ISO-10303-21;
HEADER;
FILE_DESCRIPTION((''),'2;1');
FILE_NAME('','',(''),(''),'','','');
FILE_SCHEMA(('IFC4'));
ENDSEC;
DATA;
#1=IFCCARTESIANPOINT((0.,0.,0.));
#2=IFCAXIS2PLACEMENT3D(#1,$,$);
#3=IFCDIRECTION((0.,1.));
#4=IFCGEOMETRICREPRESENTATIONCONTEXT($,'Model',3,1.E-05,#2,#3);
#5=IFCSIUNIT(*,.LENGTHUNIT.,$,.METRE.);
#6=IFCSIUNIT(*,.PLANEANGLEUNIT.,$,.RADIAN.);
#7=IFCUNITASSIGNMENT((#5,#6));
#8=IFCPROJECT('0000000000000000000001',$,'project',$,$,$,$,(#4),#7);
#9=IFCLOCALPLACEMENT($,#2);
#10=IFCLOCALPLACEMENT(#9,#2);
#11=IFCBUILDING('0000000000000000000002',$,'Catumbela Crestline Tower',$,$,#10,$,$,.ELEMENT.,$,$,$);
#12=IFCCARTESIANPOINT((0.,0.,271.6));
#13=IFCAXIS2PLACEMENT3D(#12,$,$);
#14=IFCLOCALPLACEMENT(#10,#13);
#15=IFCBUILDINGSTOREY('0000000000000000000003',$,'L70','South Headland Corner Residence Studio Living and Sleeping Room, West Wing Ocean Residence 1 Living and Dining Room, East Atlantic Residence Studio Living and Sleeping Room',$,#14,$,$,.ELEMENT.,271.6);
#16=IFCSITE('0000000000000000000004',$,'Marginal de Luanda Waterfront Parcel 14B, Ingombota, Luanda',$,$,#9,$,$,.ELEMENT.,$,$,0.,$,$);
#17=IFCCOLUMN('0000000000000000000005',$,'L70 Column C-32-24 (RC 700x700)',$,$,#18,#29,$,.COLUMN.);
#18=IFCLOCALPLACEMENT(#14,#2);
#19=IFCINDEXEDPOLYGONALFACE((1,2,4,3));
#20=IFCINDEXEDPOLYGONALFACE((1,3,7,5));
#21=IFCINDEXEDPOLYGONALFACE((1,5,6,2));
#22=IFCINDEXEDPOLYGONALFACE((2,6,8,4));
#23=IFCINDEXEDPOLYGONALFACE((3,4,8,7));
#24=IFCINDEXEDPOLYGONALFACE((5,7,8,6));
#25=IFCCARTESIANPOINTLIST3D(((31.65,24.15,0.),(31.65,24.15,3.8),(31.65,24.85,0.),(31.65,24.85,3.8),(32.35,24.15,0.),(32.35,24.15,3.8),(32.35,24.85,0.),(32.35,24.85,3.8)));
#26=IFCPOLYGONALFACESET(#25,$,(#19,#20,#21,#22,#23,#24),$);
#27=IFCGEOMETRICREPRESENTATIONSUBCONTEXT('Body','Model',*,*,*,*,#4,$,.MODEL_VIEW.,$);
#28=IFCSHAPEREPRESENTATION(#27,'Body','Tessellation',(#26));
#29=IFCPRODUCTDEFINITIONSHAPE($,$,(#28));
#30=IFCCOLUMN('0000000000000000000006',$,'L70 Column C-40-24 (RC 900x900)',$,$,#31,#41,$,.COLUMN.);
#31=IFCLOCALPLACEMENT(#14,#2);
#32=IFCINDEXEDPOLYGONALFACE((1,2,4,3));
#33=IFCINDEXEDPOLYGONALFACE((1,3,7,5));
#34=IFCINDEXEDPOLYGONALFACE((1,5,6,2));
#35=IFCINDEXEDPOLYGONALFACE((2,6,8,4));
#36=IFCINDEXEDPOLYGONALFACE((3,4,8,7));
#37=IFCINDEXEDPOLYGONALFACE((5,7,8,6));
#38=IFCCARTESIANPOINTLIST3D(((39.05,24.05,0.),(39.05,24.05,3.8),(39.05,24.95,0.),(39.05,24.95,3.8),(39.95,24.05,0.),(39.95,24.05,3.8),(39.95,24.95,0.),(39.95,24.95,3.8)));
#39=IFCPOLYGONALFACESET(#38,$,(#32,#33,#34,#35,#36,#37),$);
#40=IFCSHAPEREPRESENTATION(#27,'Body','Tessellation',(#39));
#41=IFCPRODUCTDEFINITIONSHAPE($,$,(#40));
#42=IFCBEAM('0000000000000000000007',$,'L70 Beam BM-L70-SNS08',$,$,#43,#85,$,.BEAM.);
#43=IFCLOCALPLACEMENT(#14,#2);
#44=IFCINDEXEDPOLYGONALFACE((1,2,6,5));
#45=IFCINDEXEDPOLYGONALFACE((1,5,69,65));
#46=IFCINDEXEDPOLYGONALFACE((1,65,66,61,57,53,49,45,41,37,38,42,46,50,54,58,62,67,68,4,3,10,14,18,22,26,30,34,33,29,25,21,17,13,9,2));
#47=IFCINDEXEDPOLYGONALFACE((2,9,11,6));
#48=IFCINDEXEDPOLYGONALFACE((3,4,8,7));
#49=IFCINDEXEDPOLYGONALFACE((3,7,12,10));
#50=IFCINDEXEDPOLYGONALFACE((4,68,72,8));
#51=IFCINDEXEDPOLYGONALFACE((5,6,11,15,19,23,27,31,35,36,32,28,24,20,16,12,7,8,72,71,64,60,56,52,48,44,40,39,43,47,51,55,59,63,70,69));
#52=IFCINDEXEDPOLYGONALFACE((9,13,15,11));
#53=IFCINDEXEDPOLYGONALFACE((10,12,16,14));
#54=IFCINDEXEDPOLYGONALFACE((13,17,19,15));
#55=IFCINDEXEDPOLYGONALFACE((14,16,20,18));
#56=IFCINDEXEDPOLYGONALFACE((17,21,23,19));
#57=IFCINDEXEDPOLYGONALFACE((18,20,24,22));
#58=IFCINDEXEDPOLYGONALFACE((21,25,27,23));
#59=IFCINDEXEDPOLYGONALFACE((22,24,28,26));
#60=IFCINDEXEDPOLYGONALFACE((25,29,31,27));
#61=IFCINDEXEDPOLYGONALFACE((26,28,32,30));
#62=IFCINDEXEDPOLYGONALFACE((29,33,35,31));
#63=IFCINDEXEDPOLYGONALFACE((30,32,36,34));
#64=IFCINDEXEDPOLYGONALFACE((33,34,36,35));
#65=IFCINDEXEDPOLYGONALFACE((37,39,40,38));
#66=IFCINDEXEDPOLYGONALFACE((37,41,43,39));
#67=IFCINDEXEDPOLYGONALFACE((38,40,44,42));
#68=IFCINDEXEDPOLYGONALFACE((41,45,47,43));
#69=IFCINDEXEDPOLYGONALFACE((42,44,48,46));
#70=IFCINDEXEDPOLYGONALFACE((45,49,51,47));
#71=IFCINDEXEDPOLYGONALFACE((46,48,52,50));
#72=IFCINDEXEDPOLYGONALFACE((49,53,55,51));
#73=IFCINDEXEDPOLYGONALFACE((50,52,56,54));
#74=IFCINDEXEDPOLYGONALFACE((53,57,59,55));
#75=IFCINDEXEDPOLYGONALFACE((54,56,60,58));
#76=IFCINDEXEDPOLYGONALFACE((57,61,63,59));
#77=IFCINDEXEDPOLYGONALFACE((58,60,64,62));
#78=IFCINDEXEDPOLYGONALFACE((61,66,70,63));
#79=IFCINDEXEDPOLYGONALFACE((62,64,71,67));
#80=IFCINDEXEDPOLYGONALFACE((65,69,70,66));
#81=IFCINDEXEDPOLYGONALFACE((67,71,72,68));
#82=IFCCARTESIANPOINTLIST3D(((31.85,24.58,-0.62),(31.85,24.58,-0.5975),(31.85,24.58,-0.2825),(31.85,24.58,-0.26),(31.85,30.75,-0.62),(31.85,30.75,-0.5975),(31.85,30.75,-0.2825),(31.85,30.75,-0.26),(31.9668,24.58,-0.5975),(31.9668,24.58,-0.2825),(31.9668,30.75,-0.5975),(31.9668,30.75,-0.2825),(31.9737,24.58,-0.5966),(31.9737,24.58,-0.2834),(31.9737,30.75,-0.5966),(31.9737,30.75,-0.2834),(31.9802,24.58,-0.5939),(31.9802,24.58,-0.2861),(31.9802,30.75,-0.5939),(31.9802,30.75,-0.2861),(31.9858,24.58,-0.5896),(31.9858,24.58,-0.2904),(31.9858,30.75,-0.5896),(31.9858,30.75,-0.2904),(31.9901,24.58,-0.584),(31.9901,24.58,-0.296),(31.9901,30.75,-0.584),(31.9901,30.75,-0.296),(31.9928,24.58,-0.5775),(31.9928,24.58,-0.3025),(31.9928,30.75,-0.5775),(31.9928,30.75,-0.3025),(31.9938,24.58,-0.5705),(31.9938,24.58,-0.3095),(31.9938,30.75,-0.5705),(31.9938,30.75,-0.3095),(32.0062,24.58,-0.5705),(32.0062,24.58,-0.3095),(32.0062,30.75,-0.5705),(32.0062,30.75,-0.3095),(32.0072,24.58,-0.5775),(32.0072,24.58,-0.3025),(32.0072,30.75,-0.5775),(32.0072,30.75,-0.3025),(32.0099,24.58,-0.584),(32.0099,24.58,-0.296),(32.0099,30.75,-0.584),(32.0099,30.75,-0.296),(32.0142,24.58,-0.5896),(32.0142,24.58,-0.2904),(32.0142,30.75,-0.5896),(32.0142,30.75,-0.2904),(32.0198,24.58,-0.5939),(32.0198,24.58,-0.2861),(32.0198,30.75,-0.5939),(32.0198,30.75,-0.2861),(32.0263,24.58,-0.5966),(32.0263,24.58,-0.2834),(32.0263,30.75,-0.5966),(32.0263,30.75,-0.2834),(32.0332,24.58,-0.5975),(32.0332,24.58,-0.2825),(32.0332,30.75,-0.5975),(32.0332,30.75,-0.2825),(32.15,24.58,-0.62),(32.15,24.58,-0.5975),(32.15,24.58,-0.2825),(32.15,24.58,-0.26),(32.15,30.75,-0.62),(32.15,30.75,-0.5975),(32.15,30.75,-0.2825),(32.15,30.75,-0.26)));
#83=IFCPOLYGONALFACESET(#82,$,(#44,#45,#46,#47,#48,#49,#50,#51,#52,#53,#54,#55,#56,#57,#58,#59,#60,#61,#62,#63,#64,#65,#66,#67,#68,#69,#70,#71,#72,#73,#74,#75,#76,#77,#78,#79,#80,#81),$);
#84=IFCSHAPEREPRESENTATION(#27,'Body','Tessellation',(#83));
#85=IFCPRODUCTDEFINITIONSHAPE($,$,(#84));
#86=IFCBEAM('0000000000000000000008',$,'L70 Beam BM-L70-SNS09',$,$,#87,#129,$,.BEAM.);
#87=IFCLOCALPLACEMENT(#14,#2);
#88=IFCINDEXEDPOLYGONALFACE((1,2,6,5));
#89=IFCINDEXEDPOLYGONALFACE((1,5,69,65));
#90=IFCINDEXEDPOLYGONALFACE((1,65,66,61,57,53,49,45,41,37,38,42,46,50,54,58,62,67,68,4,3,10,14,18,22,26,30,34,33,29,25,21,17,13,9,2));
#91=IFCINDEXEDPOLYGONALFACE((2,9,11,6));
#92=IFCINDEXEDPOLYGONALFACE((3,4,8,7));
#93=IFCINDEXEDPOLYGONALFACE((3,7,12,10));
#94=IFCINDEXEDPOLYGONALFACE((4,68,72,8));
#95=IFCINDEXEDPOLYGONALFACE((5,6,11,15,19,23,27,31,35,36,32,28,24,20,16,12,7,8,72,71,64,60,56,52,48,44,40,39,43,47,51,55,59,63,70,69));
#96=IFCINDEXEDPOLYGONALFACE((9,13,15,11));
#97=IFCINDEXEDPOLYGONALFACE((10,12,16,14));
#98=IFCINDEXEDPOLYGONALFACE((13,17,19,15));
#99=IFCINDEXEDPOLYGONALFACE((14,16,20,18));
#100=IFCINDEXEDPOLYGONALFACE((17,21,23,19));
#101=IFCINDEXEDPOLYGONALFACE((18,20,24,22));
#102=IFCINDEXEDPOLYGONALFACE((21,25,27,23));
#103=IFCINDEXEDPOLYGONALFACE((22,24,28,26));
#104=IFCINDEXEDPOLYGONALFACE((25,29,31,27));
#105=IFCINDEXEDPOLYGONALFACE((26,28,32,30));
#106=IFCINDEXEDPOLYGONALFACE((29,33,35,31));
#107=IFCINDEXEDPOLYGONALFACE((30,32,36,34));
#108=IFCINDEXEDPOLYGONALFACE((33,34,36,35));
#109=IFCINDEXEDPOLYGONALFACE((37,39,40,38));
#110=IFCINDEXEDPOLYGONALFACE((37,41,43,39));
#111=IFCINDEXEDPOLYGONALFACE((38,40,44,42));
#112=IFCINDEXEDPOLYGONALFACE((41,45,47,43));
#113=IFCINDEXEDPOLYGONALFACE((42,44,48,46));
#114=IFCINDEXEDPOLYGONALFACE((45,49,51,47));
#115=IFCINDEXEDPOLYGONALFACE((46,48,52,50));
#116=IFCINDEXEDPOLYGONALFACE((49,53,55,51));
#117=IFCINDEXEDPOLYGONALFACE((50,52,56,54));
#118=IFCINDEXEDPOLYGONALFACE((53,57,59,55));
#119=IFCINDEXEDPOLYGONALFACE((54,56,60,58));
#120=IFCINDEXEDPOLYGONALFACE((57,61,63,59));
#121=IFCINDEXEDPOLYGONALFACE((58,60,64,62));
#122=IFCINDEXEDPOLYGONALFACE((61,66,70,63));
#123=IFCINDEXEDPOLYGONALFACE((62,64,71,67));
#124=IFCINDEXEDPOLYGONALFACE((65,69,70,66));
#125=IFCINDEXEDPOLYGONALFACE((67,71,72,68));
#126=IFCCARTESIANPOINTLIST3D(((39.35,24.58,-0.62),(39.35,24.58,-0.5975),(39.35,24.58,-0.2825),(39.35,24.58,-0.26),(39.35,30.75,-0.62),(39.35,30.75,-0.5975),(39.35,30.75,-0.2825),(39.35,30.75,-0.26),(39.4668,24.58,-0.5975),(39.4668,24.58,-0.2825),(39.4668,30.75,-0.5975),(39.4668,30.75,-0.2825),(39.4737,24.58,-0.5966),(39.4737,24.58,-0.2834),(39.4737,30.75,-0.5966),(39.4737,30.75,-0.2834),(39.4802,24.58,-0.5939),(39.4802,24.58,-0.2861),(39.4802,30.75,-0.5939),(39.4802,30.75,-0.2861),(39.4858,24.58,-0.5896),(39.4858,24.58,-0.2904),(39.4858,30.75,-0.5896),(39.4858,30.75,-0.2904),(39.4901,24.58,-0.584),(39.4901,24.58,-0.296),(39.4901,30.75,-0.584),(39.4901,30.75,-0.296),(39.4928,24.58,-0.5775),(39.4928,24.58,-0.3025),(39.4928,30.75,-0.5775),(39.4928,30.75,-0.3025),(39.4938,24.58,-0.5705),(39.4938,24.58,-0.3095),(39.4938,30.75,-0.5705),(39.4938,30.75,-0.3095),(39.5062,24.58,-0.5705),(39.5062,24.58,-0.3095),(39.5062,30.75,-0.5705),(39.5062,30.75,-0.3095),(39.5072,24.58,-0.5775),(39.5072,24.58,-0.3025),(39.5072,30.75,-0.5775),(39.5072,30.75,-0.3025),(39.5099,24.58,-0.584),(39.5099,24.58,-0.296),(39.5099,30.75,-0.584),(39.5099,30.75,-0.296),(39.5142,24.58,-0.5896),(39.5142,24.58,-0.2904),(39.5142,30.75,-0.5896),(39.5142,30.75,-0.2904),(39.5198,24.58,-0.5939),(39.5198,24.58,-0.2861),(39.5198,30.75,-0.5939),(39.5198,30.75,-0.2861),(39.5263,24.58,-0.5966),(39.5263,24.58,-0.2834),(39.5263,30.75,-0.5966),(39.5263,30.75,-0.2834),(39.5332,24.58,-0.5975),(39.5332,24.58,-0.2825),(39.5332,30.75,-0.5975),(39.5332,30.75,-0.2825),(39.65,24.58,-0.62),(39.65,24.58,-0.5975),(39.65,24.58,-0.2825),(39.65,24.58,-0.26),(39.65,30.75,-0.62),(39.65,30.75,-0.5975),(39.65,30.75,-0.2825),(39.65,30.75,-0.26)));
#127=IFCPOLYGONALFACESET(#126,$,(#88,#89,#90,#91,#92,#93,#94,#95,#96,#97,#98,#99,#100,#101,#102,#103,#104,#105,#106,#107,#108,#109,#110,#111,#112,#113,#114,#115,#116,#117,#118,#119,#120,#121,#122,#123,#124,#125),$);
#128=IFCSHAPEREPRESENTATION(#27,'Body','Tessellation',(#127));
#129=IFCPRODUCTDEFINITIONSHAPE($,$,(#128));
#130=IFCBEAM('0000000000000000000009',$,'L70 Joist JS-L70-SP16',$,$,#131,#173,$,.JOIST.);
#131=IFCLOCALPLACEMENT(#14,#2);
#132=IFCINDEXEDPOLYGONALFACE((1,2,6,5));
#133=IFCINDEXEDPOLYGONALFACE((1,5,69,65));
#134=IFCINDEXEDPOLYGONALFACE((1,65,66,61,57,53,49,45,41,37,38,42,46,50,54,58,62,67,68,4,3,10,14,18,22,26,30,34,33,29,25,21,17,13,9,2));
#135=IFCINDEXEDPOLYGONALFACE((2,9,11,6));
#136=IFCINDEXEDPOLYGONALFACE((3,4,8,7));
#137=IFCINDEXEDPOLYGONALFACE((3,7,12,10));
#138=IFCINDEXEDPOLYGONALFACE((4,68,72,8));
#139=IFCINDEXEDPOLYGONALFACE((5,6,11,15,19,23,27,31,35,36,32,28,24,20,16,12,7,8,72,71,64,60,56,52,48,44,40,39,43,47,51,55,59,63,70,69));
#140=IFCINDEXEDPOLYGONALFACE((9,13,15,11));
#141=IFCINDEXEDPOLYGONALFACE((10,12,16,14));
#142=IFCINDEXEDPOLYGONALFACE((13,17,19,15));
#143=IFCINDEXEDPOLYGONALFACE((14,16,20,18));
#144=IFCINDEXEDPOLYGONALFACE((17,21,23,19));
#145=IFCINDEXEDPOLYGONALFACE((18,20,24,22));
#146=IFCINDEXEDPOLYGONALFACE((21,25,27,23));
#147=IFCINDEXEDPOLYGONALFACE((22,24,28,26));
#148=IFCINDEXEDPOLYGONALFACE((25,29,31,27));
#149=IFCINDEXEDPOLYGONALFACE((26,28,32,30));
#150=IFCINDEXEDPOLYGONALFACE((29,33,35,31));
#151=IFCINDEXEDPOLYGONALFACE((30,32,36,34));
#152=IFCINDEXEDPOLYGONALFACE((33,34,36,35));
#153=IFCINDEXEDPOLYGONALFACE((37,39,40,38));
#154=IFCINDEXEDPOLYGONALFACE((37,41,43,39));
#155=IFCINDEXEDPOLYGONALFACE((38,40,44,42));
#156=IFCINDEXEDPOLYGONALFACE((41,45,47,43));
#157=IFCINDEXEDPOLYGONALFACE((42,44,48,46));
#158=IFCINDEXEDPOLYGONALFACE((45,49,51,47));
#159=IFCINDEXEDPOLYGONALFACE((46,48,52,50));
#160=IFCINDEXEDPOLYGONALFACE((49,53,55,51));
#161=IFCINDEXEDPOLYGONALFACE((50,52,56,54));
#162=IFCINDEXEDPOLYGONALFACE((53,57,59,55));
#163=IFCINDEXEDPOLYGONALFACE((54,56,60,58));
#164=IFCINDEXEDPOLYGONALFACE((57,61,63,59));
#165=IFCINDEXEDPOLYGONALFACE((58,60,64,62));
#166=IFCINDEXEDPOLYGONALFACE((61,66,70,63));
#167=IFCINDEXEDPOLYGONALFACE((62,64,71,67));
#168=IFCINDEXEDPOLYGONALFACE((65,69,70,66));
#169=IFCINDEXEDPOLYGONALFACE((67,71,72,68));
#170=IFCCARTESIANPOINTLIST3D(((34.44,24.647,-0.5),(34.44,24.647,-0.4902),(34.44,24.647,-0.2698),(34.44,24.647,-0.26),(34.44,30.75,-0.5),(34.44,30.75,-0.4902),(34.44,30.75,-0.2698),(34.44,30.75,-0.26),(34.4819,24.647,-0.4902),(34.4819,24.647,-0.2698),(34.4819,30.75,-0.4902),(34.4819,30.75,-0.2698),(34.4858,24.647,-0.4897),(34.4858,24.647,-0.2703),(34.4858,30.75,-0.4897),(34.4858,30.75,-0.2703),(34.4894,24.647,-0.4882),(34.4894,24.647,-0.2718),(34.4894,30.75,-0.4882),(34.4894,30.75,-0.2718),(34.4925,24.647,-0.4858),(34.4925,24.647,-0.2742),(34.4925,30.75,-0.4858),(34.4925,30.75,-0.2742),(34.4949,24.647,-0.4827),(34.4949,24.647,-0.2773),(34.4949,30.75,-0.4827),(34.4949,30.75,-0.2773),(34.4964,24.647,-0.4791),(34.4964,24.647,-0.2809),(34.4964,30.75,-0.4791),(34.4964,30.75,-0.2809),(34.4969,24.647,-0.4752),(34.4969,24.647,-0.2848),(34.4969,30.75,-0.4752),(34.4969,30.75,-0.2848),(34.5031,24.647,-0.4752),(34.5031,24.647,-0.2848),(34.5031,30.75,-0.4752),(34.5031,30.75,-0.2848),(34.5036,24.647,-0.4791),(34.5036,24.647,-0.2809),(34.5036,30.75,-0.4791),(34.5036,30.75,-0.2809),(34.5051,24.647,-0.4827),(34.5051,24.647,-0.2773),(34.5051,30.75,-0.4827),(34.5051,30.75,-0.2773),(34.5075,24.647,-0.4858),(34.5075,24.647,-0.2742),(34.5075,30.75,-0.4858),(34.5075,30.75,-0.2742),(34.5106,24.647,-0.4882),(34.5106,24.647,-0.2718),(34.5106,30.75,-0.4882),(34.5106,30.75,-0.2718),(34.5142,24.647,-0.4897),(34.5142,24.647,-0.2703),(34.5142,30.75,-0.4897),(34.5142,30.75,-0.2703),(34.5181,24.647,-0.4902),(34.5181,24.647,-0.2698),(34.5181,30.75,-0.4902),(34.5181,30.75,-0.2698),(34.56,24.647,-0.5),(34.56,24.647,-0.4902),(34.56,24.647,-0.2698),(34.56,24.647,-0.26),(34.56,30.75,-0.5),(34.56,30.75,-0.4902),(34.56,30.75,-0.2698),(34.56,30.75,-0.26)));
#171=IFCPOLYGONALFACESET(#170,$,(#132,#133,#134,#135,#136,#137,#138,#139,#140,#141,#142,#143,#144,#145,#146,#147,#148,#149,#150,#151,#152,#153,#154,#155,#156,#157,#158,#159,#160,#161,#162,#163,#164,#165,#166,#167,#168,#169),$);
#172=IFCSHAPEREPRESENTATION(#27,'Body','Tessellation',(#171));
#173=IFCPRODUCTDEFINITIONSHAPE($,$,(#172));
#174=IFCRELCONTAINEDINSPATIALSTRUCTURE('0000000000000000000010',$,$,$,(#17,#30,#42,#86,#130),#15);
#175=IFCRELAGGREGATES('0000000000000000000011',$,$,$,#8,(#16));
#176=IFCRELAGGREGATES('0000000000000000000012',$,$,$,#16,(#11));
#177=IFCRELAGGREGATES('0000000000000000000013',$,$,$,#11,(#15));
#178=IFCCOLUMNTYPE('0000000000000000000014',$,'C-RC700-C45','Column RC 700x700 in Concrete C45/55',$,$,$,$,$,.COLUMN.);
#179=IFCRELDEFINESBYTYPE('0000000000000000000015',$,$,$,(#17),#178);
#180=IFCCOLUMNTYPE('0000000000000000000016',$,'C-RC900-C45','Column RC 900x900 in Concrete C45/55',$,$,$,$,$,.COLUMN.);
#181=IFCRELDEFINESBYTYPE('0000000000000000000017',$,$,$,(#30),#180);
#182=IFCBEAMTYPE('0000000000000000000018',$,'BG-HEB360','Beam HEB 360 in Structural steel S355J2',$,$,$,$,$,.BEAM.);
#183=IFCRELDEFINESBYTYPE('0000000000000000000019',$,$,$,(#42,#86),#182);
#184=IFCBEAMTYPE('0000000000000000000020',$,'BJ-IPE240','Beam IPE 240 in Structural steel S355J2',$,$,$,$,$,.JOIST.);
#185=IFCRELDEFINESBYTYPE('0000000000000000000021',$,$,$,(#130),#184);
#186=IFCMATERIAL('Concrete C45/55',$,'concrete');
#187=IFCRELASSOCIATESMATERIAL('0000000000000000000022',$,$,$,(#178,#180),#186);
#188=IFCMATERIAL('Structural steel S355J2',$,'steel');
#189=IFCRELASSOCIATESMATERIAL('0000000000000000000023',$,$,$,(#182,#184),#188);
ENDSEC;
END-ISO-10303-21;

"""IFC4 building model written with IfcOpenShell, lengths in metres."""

from ifc_helpers import new_model, si_unit, direction, frame, origin, origin_2d, place, context, subcontext, project, spatial, rectangle, i_section, extrude, material, material_profile, profile_set, type_object, element, save


model = new_model("IFC4")

# Units and contexts
model_context = context("Model", 3, precision=1e-05, world=origin(), true_north=direction((0.0, 1.0)))
body_context = subcontext(model_context, "Body", "Model", "MODEL_VIEW")
ifc_project = project(units=[si_unit("LENGTHUNIT", "METRE"), si_unit("PLANEANGLEUNIT", "RADIAN")], contexts=[model_context])

# Site, building, storey
site_placement = place(None, origin())
site = spatial("IfcSite", under=ifc_project, at=site_placement, Name="Marginal de Luanda Waterfront Parcel 14B, Ingombota, Luanda", CompositionType="ELEMENT", RefElevation=0.0)
building_placement = place(site_placement, origin())
building = spatial("IfcBuilding", under=site, at=building_placement, Name="Catumbela Crestline Tower", CompositionType="ELEMENT")
storey_placement = place(building_placement, frame((0.0, 0.0, 271.6)))
storey = spatial("IfcBuildingStorey", under=building, at=storey_placement, Name="L70", Description="South Headland Corner Residence Studio Living and Sleeping Room, West Wing Ocean Residence 1 Living and Dining Room, East Atlantic Residence Studio Living and Sleeping Room", CompositionType="ELEMENT", Elevation=271.6)

# Columns
ifc_material_1 = material(Name="Concrete C45/55", Category="concrete")
ifc_material_profile_1 = material_profile(ifc_material_1, rectangle(XDim=0.7, YDim=0.7, at=origin_2d()), Name="RC 700x700")
ifc_profile_set_1 = profile_set([ifc_material_profile_1], Name="Concrete C45/55")
column_type_1 = type_object("IfcColumnType", Name="C-RC700-C45", Description="Column RC 700x700 in Concrete C45/55", PredefinedType="COLUMN", material=ifc_profile_set_1)
column_1_placement = place(storey_placement, frame((32.0, 24.5, 0.0), z_axis=(0.0, 0.0, 1.0), x_axis=(1.0, 0.0, 0.0)))
element("IfcColumn", 1, at=column_1_placement, inside=storey, type_object=column_type_1, Name="L70 Column C-32-24 (RC 700x700)", PredefinedType="COLUMN", context=body_context, shape_type="SweptSolid", body=[
    extrude(rectangle(XDim=0.7, YDim=0.7, at=origin_2d()), origin(), (0.0, 0.0, 1.0), 3.8),
])
ifc_material_profile_2 = material_profile(ifc_material_1, rectangle(XDim=0.9, YDim=0.9, at=origin_2d()), Name="RC 900x900")
ifc_profile_set_2 = profile_set([ifc_material_profile_2], Name="Concrete C45/55")
column_type_2 = type_object("IfcColumnType", Name="C-RC900-C45", Description="Column RC 900x900 in Concrete C45/55", PredefinedType="COLUMN", material=ifc_profile_set_2)
column_2_placement = place(storey_placement, frame((39.5, 24.5, 0.0), z_axis=(0.0, 0.0, 1.0), x_axis=(1.0, 0.0, 0.0)))
element("IfcColumn", 2, at=column_2_placement, inside=storey, type_object=column_type_2, Name="L70 Column C-40-24 (RC 900x900)", PredefinedType="COLUMN", context=body_context, shape_type="SweptSolid", body=[
    extrude(rectangle(XDim=0.9, YDim=0.9, at=origin_2d()), origin(), (0.0, 0.0, 1.0), 3.8),
])

# Beams
ifc_material_2 = material(Name="Structural steel S355J2", Category="steel")
ifc_material_profile_3 = material_profile(ifc_material_2, i_section(OverallWidth=0.3, OverallDepth=0.36, WebThickness=0.0125, FlangeThickness=0.0225, FilletRadius=0.027, at=origin_2d()), Name="HEB 360")
ifc_profile_set_3 = profile_set([ifc_material_profile_3], Name="Structural steel S355J2")
beam_type_1 = type_object("IfcBeamType", Name="BG-HEB360", Description="Beam HEB 360 in Structural steel S355J2", PredefinedType="BEAM", material=ifc_profile_set_3)
for number, where, z_axis, x_axis, name in (
    (3, (32.0, 24.58, -0.44), (0.0, 1.0, 0.0), (-1.0, 0.0, 0.0), "L70 Beam BM-L70-SNS08"),
    (4, (39.5, 24.58, -0.44), (0.0, 1.0, 0.0), (-1.0, 0.0, 0.0), "L70 Beam BM-L70-SNS09"),
):
    element("IfcBeam", number, at=place(storey_placement, frame(where, z_axis=z_axis, x_axis=x_axis)), inside=storey, type_object=beam_type_1, Name=name, PredefinedType="BEAM", context=body_context, shape_type="SweptSolid", body=[
        extrude(i_section(OverallWidth=0.3, OverallDepth=0.36, WebThickness=0.0125, FlangeThickness=0.0225, FilletRadius=0.027, at=origin_2d()), origin(), (0.0, 0.0, 1.0), 6.17),
    ])
ifc_material_profile_4 = material_profile(ifc_material_2, i_section(OverallWidth=0.12, OverallDepth=0.24, WebThickness=0.0062, FlangeThickness=0.0098, FilletRadius=0.015, at=origin_2d()), Name="IPE 240")
ifc_profile_set_4 = profile_set([ifc_material_profile_4], Name="Structural steel S355J2")
beam_type_2 = type_object("IfcBeamType", Name="BJ-IPE240", Description="Beam IPE 240 in Structural steel S355J2", PredefinedType="JOIST", material=ifc_profile_set_4)
for number, where, z_axis, x_axis, name in (
    (5, (34.5, 24.647, -0.38), (0.0, 1.0, 0.0), (-1.0, 0.0, 0.0), "L70 Joist JS-L70-SP16"),
):
    element("IfcBeam", number, at=place(storey_placement, frame(where, z_axis=z_axis, x_axis=x_axis)), inside=storey, type_object=beam_type_2, Name=name, PredefinedType="JOIST", context=body_context, shape_type="SweptSolid", body=[
        extrude(i_section(OverallWidth=0.12, OverallDepth=0.24, WebThickness=0.0062, FlangeThickness=0.0098, FilletRadius=0.015, at=origin_2d()), origin(), (0.0, 0.0, 1.0), 6.103),
    ])

save(model, "model.ifc")
